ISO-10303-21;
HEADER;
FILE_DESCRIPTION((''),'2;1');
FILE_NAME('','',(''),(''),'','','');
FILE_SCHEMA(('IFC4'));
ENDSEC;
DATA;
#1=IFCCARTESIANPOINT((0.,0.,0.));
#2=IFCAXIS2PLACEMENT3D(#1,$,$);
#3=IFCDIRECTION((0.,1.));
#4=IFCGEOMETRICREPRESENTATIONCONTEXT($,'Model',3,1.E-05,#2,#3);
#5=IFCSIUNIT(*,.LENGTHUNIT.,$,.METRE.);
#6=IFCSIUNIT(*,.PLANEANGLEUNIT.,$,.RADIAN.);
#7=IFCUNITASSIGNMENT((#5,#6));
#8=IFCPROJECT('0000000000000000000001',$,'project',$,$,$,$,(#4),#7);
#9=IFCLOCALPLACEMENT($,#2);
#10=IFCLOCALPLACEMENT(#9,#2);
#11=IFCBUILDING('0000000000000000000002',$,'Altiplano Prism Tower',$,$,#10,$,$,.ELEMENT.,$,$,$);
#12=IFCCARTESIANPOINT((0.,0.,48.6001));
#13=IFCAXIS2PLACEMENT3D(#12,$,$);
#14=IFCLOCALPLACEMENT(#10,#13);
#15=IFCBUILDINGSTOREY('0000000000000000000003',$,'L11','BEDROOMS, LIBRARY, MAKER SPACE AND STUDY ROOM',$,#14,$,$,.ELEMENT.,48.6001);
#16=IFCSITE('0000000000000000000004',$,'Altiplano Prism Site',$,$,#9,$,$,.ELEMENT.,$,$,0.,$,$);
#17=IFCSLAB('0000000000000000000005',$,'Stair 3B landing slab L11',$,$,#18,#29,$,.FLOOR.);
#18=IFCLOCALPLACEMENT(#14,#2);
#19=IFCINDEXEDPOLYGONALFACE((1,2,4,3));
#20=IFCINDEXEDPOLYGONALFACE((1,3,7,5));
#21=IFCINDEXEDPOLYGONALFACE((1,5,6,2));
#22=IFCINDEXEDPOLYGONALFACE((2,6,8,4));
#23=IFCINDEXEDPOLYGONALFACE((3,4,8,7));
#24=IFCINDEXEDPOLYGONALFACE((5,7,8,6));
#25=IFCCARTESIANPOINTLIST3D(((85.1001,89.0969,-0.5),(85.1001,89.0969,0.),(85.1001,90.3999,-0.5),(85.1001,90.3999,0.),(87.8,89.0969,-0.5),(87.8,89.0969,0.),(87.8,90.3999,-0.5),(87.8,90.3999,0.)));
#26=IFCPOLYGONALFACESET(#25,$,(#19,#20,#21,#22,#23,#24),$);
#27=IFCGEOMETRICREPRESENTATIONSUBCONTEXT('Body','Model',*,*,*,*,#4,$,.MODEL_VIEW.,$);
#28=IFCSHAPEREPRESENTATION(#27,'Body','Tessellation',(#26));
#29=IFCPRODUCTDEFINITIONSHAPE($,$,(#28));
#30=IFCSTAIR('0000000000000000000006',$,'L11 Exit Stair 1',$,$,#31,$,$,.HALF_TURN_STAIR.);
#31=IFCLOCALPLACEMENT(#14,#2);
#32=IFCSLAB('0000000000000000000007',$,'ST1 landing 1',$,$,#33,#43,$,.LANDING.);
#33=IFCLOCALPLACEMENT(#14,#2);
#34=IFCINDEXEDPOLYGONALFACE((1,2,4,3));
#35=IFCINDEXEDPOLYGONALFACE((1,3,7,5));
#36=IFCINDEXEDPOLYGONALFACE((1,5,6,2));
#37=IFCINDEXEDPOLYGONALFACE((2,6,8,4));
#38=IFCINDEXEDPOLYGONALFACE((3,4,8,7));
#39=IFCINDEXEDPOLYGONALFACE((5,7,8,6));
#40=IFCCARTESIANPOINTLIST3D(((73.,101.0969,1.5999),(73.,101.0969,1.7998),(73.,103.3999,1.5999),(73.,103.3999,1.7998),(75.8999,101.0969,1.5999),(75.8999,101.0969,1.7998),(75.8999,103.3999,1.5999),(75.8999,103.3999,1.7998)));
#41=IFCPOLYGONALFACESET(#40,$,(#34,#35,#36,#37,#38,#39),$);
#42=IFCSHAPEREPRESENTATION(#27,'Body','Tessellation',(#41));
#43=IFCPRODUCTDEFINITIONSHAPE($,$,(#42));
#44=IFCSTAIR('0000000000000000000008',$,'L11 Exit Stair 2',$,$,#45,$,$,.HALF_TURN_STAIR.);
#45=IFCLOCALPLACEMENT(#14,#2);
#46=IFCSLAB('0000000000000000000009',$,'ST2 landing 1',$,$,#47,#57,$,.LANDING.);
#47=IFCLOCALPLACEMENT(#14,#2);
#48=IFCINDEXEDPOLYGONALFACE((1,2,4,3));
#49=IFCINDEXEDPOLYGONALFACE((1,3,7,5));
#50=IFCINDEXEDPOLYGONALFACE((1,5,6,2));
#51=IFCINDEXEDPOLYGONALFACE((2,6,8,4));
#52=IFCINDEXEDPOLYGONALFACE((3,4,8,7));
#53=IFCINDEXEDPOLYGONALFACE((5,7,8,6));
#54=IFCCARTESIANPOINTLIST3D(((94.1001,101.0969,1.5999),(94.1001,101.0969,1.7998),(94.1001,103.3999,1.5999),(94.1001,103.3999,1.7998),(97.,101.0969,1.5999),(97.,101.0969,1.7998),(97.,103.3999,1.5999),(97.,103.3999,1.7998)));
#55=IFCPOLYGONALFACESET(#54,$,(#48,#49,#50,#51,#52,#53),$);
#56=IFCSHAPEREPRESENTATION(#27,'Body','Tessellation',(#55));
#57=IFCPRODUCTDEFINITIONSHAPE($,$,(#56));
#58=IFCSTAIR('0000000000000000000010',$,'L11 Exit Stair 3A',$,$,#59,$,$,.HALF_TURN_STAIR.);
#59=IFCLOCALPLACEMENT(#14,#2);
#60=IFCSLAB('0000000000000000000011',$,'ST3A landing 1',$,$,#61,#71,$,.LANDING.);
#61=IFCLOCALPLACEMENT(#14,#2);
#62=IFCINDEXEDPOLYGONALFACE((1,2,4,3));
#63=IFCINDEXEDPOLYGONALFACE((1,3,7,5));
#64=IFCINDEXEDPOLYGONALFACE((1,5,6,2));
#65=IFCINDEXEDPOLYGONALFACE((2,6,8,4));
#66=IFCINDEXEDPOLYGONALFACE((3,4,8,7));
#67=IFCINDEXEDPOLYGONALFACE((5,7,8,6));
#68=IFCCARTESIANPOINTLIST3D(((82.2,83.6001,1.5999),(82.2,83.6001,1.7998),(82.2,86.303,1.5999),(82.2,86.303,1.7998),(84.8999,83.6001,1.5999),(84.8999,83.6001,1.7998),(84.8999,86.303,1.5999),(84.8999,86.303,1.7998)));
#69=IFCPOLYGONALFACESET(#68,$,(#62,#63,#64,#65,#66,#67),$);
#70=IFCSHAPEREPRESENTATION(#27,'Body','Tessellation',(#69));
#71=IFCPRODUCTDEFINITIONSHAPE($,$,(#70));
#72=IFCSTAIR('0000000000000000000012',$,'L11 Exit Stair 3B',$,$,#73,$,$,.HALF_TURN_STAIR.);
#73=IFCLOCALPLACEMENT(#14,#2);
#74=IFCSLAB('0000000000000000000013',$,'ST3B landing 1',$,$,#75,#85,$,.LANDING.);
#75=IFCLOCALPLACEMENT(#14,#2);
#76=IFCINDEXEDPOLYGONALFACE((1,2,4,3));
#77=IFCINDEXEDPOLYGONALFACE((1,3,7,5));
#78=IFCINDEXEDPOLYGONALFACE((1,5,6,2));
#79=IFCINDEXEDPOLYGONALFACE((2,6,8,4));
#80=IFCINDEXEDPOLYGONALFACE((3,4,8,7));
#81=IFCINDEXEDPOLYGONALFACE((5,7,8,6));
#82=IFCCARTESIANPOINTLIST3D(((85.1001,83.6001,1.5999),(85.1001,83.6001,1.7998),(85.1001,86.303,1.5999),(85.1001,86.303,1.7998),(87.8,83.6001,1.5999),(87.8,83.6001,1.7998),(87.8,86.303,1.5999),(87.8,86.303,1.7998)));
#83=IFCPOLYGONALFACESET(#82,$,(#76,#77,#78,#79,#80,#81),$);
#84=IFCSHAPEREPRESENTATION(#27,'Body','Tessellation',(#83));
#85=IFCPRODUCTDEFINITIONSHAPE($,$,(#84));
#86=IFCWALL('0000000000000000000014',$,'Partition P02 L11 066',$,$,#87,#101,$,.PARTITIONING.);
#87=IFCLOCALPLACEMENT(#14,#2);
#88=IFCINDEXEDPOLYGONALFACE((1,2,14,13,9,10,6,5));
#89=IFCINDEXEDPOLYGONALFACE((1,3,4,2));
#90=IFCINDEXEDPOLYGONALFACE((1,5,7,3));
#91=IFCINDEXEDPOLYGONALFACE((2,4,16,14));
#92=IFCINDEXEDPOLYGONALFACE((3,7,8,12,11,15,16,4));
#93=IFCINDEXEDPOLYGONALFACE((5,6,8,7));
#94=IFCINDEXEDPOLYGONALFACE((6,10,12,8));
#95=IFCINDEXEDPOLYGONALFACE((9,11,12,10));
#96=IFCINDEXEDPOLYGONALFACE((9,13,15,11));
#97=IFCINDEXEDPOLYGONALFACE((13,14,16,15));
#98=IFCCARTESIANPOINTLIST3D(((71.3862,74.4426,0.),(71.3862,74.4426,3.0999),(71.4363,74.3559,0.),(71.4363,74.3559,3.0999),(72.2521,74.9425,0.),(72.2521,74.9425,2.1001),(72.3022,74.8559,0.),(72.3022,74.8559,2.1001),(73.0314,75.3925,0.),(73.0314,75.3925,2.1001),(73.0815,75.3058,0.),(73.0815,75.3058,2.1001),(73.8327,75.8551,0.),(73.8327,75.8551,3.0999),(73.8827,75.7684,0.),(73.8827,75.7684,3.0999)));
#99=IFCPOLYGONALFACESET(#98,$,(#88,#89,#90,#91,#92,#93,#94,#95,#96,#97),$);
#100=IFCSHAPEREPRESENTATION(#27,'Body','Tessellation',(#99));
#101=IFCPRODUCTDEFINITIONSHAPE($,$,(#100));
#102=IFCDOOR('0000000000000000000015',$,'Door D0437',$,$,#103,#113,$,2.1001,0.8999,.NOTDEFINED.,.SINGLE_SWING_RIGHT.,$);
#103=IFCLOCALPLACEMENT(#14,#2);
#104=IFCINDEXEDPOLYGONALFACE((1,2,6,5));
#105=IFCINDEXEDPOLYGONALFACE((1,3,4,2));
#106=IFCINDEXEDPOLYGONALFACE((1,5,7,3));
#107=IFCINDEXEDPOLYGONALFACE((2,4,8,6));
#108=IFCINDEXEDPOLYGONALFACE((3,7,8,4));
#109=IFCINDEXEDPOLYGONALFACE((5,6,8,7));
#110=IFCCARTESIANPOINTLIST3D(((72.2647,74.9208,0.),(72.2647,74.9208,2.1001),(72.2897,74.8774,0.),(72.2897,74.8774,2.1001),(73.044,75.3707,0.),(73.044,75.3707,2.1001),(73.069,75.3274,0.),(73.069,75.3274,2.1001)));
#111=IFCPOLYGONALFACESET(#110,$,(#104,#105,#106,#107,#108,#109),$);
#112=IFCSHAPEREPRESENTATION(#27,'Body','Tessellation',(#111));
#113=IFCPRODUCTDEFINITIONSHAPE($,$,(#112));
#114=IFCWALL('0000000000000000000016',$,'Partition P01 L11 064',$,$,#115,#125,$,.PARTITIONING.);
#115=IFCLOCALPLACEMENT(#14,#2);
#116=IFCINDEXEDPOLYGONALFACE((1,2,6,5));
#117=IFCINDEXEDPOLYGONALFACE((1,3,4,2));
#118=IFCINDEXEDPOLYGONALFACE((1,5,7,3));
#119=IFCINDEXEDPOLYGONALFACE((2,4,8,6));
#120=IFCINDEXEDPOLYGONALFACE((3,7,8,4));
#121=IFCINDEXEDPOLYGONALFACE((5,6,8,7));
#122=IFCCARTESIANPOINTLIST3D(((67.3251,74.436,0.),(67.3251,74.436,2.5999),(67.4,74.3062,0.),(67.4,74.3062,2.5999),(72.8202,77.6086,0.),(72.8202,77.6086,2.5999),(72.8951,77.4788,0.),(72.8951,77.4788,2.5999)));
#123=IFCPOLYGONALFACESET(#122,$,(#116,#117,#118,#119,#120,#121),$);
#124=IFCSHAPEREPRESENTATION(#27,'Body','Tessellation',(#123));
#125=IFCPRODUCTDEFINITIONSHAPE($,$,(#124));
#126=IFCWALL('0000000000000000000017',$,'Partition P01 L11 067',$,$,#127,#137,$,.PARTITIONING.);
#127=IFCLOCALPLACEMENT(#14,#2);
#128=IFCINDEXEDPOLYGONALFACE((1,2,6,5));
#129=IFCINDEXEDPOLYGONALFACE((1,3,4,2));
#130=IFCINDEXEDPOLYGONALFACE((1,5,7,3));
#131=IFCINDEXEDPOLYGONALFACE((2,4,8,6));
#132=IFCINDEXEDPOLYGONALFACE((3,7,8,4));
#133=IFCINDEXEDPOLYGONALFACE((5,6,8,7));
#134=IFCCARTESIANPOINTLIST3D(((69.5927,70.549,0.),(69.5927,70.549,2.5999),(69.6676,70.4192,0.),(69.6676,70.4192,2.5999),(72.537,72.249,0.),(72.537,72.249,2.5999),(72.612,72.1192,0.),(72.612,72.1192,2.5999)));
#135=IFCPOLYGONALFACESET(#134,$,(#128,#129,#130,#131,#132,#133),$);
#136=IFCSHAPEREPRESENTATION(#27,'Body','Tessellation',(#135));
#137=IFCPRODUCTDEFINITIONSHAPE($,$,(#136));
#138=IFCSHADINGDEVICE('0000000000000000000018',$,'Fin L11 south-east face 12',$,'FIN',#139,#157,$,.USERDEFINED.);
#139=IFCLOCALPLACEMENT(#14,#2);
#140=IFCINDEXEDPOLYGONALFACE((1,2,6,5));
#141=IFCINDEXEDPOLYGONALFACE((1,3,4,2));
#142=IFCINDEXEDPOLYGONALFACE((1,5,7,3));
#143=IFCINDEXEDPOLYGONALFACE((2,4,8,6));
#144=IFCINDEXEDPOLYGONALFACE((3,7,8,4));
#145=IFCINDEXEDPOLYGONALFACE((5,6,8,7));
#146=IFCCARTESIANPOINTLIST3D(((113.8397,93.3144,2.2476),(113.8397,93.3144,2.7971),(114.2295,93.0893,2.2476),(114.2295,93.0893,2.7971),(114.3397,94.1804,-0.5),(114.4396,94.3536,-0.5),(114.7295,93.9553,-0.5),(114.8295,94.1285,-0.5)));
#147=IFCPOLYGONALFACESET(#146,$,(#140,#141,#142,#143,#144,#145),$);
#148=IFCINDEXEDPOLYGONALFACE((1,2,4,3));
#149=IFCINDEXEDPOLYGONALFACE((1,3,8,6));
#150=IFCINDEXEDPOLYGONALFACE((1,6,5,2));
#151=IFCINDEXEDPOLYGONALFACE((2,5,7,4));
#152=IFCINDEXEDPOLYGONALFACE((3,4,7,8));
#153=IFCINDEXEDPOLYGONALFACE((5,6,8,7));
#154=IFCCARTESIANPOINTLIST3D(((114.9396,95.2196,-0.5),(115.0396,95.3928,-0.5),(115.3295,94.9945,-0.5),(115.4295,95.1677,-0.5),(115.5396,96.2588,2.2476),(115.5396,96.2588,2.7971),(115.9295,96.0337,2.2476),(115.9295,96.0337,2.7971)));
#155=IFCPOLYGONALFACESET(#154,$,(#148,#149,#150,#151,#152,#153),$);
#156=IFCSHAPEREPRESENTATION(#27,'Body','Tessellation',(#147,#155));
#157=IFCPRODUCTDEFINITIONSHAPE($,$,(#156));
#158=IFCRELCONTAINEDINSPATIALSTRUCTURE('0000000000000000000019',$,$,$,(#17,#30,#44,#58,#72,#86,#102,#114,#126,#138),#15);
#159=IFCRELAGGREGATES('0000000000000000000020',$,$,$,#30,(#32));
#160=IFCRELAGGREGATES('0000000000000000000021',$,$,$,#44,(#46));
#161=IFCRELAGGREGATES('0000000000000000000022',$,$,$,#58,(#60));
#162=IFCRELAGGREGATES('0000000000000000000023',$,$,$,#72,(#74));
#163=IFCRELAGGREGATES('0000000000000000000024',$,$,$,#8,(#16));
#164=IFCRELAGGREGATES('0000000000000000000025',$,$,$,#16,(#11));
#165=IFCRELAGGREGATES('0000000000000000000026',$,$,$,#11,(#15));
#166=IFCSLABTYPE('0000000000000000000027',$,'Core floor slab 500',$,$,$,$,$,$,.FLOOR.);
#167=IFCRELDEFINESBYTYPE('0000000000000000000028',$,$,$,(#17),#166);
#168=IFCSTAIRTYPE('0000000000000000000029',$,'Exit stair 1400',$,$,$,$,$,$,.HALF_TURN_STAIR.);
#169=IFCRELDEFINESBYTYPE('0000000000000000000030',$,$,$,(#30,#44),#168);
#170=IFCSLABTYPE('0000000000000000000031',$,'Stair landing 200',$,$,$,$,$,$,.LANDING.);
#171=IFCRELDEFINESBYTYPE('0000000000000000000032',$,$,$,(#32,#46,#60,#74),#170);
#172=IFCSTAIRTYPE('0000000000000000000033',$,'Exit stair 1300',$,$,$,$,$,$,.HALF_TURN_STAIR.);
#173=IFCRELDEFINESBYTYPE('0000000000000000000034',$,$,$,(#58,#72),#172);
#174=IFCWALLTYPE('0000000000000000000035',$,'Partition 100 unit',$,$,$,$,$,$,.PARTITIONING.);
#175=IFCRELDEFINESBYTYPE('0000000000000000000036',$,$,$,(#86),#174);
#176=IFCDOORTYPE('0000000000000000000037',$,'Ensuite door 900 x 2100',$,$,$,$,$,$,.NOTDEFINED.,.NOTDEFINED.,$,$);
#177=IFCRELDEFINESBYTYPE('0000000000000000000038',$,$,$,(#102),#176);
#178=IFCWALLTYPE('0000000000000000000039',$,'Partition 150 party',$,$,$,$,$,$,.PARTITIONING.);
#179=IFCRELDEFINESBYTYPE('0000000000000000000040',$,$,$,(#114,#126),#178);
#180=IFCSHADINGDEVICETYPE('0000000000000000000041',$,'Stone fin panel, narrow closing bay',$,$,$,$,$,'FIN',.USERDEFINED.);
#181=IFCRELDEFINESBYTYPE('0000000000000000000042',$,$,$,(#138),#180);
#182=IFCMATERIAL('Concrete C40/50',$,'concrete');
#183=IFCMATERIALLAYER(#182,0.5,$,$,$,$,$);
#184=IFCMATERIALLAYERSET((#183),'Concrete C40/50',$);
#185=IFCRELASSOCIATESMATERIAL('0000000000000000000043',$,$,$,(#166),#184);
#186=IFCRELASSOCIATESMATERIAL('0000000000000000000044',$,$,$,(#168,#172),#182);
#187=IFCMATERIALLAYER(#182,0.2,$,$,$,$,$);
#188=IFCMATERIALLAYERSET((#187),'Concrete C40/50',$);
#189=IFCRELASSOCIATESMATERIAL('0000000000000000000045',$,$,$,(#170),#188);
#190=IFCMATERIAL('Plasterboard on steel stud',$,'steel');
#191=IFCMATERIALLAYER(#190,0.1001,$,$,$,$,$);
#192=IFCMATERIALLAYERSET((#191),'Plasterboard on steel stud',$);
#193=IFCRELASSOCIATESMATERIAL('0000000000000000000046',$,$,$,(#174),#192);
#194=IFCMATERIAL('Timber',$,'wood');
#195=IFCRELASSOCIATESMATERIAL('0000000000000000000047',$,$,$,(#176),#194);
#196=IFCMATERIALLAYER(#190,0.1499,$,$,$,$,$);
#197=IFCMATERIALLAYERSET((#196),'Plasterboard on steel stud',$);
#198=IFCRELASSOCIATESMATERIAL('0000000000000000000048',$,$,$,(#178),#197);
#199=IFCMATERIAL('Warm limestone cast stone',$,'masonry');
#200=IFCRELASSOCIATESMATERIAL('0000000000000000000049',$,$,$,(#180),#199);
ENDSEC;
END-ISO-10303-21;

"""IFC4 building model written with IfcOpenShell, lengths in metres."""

from ifc_helpers import new_model, si_unit, direction, frame, frame_2d, origin, place, context, subcontext, project, spatial, polyline, rectangle, outline, extrude, source, transform, mapped, material, layer, layer_set, type_object, element, fill, aggregate, save


model = new_model("IFC4")

# Units and contexts
model_context = context("Model", 3, precision=1e-05, world=origin(), true_north=direction((0.0, 1.0)))
body_context = subcontext(model_context, "Body", "Model", "MODEL_VIEW")
ifc_project = project(units=[si_unit("LENGTHUNIT", "METRE"), si_unit("PLANEANGLEUNIT", "RADIAN")], contexts=[model_context])

# Site, building, storey
site_placement = place(None, origin())
site = spatial("IfcSite", under=ifc_project, at=site_placement, Name="Altiplano Prism Site", CompositionType="ELEMENT", RefElevation=0.0)
building_placement = place(site_placement, origin())
building = spatial("IfcBuilding", under=site, at=building_placement, Name="Altiplano Prism Tower", CompositionType="ELEMENT")
storey_placement = place(building_placement, frame((0.0, 0.0, 48.6001)))
storey = spatial("IfcBuildingStorey", under=building, at=storey_placement, Name="L11", Description="BEDROOMS, LIBRARY, MAKER SPACE AND STUDY ROOM", CompositionType="ELEMENT", Elevation=48.6001)

# Slab
ifc_material_1 = material(Name="Concrete C40/50", Category="concrete")
ifc_layer_1 = layer(ifc_material_1, 0.5)
ifc_layer_set_1 = layer_set([ifc_layer_1], Name="Concrete C40/50")
slab_type_1 = type_object("IfcSlabType", Name="Core floor slab 500", PredefinedType="FLOOR", material=ifc_layer_set_1)
slab_1_placement = place(storey_placement, frame((0.0, 0.0, -0.5)))
element("IfcSlab", 1, at=slab_1_placement, inside=storey, type_object=slab_type_1, Name="Stair 3B landing slab L11", PredefinedType="FLOOR", context=body_context, shape_type="SweptSolid", body=[
    extrude(outline(polyline([(85.1001, 89.0969), (87.8, 89.0969), (87.8, 90.3999), (85.1001, 90.3999), (85.1001, 89.0969)])), origin(), (0.0, 0.0, 1.0), 0.5),
])

# Stairs, slabs
stair_type_1 = type_object("IfcStairType", Name="Exit stair 1400", PredefinedType="HALF_TURN_STAIR", material=ifc_material_1)
stair_1_placement = place(storey_placement, origin())
stair_1 = element("IfcStair", 2, at=stair_1_placement, inside=storey, type_object=stair_type_1, Name="L11 Exit Stair 1", PredefinedType="HALF_TURN_STAIR")
ifc_layer_2 = layer(ifc_material_1, 0.2)
ifc_layer_set_2 = layer_set([ifc_layer_2], Name="Concrete C40/50")
slab_type_2 = type_object("IfcSlabType", Name="Stair landing 200", PredefinedType="LANDING", material=ifc_layer_set_2)
slab_2_placement = place(storey_placement, frame((0.0, 0.0, 1.5999)))
slab_2 = element("IfcSlab", 3, at=slab_2_placement, type_object=slab_type_2, Name="ST1 landing 1", PredefinedType="LANDING", context=body_context, shape_type="SweptSolid", body=[
    extrude(outline(polyline([(75.8999, 101.0969), (75.8999, 103.3999), (73.0, 103.3999), (73.0, 101.0969), (75.8999, 101.0969)])), origin(), (0.0, 0.0, 1.0), 0.2),
])
aggregate(stair_1, [slab_2])
stair_2_placement = place(storey_placement, origin())
stair_2 = element("IfcStair", 4, at=stair_2_placement, inside=storey, type_object=stair_type_1, Name="L11 Exit Stair 2", PredefinedType="HALF_TURN_STAIR")
slab_3_placement = place(storey_placement, frame((0.0, 0.0, 1.5999)))
slab_3 = element("IfcSlab", 5, at=slab_3_placement, type_object=slab_type_2, Name="ST2 landing 1", PredefinedType="LANDING", context=body_context, shape_type="SweptSolid", body=[
    extrude(outline(polyline([(97.0, 101.0969), (97.0, 103.3999), (94.1001, 103.3999), (94.1001, 101.0969), (97.0, 101.0969)])), origin(), (0.0, 0.0, 1.0), 0.2),
])
aggregate(stair_2, [slab_3])
stair_type_2 = type_object("IfcStairType", Name="Exit stair 1300", PredefinedType="HALF_TURN_STAIR", material=ifc_material_1)
stair_3_placement = place(storey_placement, origin())
stair_3 = element("IfcStair", 6, at=stair_3_placement, inside=storey, type_object=stair_type_2, Name="L11 Exit Stair 3A", PredefinedType="HALF_TURN_STAIR")
slab_4_placement = place(storey_placement, frame((0.0, 0.0, 1.5999)))
slab_4 = element("IfcSlab", 7, at=slab_4_placement, type_object=slab_type_2, Name="ST3A landing 1", PredefinedType="LANDING", context=body_context, shape_type="SweptSolid", body=[
    extrude(outline(polyline([(82.2, 86.303), (82.2, 83.6001), (84.8999, 83.6001), (84.8999, 86.303), (82.2, 86.303)])), origin(), (0.0, 0.0, 1.0), 0.2),
])
aggregate(stair_3, [slab_4])
stair_4_placement = place(storey_placement, origin())
stair_4 = element("IfcStair", 8, at=stair_4_placement, inside=storey, type_object=stair_type_2, Name="L11 Exit Stair 3B", PredefinedType="HALF_TURN_STAIR")
slab_5_placement = place(storey_placement, frame((0.0, 0.0, 1.5999)))
slab_5 = element("IfcSlab", 9, at=slab_5_placement, type_object=slab_type_2, Name="ST3B landing 1", PredefinedType="LANDING", context=body_context, shape_type="SweptSolid", body=[
    extrude(outline(polyline([(85.1001, 86.303), (85.1001, 83.6001), (87.8, 83.6001), (87.8, 86.303), (85.1001, 86.303)])), origin(), (0.0, 0.0, 1.0), 0.2),
])
aggregate(stair_4, [slab_5])

# Wall, opening, door
ifc_material_2 = material(Name="Plasterboard on steel stud", Category="steel")
ifc_layer_3 = layer(ifc_material_2, 0.1001)
ifc_layer_set_3 = layer_set([ifc_layer_3], Name="Plasterboard on steel stud")
wall_type_1 = type_object("IfcWallType", Name="Partition 100 unit", PredefinedType="PARTITIONING", material=ifc_layer_set_3)
wall_1_placement = place(storey_placement, frame((71.4111, 74.3992, 0.0), z_axis=(0.0, 0.0, 1.0), x_axis=(0.866011, 0.500024, 0.0)))
wall_1 = element("IfcWall", 10, at=wall_1_placement, inside=storey, type_object=wall_type_1, Name="Partition P02 L11 066", PredefinedType="PARTITIONING", context=body_context, shape_type="SweptSolid", body=[
    extrude(rectangle(XDim=2.825, YDim=0.1001, at=frame_2d((1.4126, 0.0))), origin(), (0.0, 0.0, 1.0), 3.0999),
])
opening_placement = place(wall_1_placement, frame((1.0, 0.0, 0.0)))
opening = element("IfcOpeningElement", 11, at=opening_placement, cuts=wall_1, PredefinedType="OPENING", context=body_context, shape_type="SweptSolid", body=[
    extrude(rectangle(XDim=0.8999, YDim=2.1001, at=frame_2d((0.45, 1.05))), frame((0.0, 0.0605, 0.0), z_axis=(0.0, -1.0, 0.0), x_axis=(1.0, 0.0, 0.0)), (0.0, 0.0, 1.0), 0.1211),
])
ifc_material_3 = material(Name="Timber", Category="wood")
door_type = type_object("IfcDoorType", Name="Ensuite door 900 x 2100", OperationType="NOTDEFINED", PredefinedType="NOTDEFINED", material=ifc_material_3)
door_placement = place(opening_placement, origin())
door = element("IfcDoor", 12, at=door_placement, inside=storey, type_object=door_type, Name="Door D0437", OperationType="SINGLE_SWING_RIGHT", OverallHeight=2.1001, OverallWidth=0.8999, PredefinedType="NOTDEFINED", context=body_context, shape_type="SweptSolid", body=[
    extrude(rectangle(XDim=0.8999, YDim=2.1001, at=frame_2d((0.45, 1.05))), frame((0.0, 0.0249, 0.0), z_axis=(0.0, -1.0, 0.0), x_axis=(1.0, 0.0, 0.0)), (0.0, 0.0, 1.0), 0.05),
])
fill(opening, door)

# Walls
ifc_layer_4 = layer(ifc_material_2, 0.1499)
ifc_layer_set_4 = layer_set([ifc_layer_4], Name="Plasterboard on steel stud")
wall_type_2 = type_object("IfcWallType", Name="Partition 150 party", PredefinedType="PARTITIONING", material=ifc_layer_set_4)
wall_2_placement = place(storey_placement, frame((67.3625, 74.3711, 0.0), z_axis=(0.0, 0.0, 1.0), x_axis=(0.866025, 0.5, 0.0)))
element("IfcWall", 13, at=wall_2_placement, inside=storey, type_object=wall_type_2, Name="Partition P01 L11 064", PredefinedType="PARTITIONING", context=body_context, shape_type="SweptSolid", body=[
    extrude(rectangle(XDim=6.3452, YDim=0.1499, at=frame_2d((3.1726, 0.0))), origin(), (0.0, 0.0, 1.0), 2.5999),
])
wall_3_placement = place(storey_placement, frame((69.6301, 70.4841, 0.0), z_axis=(0.0, 0.0, 1.0), x_axis=(0.866021, 0.500008, 0.0)))
element("IfcWall", 14, at=wall_3_placement, inside=storey, type_object=wall_type_2, Name="Partition P01 L11 067", PredefinedType="PARTITIONING", context=body_context, shape_type="SweptSolid", body=[
    extrude(rectangle(XDim=3.3999, YDim=0.1499, at=frame_2d((1.7, 0.0))), origin(), (0.0, 0.0, 1.0), 2.5999),
])

# Shading device
ifc_material_4 = material(Name="Warm limestone cast stone", Category="masonry")
shading_device_type_1 = type_object("IfcShadingDeviceType", Name="Stone fin panel, narrow closing bay", ElementType="FIN", PredefinedType="USERDEFINED", material=ifc_material_4)
shared_shape_1 = source(origin(), body_context, "Body", "SweptSolid", [
    extrude(outline(polyline([(-1.7, 3.2971), (-1.7, 2.7476), (-0.7, 0.0), (-0.5, 0.0), (-1.7, 3.2971)])), frame((0.0, -0.1499, 0.0), z_axis=(0.0, -1.0, 0.0), x_axis=(1.0, 0.0, 0.0)), (0.0, 0.0, 1.0), 0.4502),
    extrude(outline(polyline([(1.7, 2.7476), (1.7, 3.2971), (0.5, 0.0), (0.7, 0.0), (1.7, 2.7476)])), frame((0.0, -0.1499, 0.0), z_axis=(0.0, -1.0, 0.0), x_axis=(1.0, 0.0, 0.0)), (0.0, 0.0, 1.0), 0.4502),
])
shading_device_1_placement = place(storey_placement, origin())
element("IfcShadingDevice", 15, at=shading_device_1_placement, inside=storey, type_object=shading_device_type_1, Name="Fin L11 south-east face 12", ObjectType="FIN", PredefinedType="USERDEFINED", context=body_context, shape_type="MappedRepresentation", body=[
    mapped(shared_shape_1, transform((114.5598, 94.8616, -0.5), x_axis=(0.5, 0.866025, 0.0), y_axis=(-0.866025, 0.5, 0.0), z_axis=(0.0, 0.0, 1.0))),
])

save(model, "model.ifc")
